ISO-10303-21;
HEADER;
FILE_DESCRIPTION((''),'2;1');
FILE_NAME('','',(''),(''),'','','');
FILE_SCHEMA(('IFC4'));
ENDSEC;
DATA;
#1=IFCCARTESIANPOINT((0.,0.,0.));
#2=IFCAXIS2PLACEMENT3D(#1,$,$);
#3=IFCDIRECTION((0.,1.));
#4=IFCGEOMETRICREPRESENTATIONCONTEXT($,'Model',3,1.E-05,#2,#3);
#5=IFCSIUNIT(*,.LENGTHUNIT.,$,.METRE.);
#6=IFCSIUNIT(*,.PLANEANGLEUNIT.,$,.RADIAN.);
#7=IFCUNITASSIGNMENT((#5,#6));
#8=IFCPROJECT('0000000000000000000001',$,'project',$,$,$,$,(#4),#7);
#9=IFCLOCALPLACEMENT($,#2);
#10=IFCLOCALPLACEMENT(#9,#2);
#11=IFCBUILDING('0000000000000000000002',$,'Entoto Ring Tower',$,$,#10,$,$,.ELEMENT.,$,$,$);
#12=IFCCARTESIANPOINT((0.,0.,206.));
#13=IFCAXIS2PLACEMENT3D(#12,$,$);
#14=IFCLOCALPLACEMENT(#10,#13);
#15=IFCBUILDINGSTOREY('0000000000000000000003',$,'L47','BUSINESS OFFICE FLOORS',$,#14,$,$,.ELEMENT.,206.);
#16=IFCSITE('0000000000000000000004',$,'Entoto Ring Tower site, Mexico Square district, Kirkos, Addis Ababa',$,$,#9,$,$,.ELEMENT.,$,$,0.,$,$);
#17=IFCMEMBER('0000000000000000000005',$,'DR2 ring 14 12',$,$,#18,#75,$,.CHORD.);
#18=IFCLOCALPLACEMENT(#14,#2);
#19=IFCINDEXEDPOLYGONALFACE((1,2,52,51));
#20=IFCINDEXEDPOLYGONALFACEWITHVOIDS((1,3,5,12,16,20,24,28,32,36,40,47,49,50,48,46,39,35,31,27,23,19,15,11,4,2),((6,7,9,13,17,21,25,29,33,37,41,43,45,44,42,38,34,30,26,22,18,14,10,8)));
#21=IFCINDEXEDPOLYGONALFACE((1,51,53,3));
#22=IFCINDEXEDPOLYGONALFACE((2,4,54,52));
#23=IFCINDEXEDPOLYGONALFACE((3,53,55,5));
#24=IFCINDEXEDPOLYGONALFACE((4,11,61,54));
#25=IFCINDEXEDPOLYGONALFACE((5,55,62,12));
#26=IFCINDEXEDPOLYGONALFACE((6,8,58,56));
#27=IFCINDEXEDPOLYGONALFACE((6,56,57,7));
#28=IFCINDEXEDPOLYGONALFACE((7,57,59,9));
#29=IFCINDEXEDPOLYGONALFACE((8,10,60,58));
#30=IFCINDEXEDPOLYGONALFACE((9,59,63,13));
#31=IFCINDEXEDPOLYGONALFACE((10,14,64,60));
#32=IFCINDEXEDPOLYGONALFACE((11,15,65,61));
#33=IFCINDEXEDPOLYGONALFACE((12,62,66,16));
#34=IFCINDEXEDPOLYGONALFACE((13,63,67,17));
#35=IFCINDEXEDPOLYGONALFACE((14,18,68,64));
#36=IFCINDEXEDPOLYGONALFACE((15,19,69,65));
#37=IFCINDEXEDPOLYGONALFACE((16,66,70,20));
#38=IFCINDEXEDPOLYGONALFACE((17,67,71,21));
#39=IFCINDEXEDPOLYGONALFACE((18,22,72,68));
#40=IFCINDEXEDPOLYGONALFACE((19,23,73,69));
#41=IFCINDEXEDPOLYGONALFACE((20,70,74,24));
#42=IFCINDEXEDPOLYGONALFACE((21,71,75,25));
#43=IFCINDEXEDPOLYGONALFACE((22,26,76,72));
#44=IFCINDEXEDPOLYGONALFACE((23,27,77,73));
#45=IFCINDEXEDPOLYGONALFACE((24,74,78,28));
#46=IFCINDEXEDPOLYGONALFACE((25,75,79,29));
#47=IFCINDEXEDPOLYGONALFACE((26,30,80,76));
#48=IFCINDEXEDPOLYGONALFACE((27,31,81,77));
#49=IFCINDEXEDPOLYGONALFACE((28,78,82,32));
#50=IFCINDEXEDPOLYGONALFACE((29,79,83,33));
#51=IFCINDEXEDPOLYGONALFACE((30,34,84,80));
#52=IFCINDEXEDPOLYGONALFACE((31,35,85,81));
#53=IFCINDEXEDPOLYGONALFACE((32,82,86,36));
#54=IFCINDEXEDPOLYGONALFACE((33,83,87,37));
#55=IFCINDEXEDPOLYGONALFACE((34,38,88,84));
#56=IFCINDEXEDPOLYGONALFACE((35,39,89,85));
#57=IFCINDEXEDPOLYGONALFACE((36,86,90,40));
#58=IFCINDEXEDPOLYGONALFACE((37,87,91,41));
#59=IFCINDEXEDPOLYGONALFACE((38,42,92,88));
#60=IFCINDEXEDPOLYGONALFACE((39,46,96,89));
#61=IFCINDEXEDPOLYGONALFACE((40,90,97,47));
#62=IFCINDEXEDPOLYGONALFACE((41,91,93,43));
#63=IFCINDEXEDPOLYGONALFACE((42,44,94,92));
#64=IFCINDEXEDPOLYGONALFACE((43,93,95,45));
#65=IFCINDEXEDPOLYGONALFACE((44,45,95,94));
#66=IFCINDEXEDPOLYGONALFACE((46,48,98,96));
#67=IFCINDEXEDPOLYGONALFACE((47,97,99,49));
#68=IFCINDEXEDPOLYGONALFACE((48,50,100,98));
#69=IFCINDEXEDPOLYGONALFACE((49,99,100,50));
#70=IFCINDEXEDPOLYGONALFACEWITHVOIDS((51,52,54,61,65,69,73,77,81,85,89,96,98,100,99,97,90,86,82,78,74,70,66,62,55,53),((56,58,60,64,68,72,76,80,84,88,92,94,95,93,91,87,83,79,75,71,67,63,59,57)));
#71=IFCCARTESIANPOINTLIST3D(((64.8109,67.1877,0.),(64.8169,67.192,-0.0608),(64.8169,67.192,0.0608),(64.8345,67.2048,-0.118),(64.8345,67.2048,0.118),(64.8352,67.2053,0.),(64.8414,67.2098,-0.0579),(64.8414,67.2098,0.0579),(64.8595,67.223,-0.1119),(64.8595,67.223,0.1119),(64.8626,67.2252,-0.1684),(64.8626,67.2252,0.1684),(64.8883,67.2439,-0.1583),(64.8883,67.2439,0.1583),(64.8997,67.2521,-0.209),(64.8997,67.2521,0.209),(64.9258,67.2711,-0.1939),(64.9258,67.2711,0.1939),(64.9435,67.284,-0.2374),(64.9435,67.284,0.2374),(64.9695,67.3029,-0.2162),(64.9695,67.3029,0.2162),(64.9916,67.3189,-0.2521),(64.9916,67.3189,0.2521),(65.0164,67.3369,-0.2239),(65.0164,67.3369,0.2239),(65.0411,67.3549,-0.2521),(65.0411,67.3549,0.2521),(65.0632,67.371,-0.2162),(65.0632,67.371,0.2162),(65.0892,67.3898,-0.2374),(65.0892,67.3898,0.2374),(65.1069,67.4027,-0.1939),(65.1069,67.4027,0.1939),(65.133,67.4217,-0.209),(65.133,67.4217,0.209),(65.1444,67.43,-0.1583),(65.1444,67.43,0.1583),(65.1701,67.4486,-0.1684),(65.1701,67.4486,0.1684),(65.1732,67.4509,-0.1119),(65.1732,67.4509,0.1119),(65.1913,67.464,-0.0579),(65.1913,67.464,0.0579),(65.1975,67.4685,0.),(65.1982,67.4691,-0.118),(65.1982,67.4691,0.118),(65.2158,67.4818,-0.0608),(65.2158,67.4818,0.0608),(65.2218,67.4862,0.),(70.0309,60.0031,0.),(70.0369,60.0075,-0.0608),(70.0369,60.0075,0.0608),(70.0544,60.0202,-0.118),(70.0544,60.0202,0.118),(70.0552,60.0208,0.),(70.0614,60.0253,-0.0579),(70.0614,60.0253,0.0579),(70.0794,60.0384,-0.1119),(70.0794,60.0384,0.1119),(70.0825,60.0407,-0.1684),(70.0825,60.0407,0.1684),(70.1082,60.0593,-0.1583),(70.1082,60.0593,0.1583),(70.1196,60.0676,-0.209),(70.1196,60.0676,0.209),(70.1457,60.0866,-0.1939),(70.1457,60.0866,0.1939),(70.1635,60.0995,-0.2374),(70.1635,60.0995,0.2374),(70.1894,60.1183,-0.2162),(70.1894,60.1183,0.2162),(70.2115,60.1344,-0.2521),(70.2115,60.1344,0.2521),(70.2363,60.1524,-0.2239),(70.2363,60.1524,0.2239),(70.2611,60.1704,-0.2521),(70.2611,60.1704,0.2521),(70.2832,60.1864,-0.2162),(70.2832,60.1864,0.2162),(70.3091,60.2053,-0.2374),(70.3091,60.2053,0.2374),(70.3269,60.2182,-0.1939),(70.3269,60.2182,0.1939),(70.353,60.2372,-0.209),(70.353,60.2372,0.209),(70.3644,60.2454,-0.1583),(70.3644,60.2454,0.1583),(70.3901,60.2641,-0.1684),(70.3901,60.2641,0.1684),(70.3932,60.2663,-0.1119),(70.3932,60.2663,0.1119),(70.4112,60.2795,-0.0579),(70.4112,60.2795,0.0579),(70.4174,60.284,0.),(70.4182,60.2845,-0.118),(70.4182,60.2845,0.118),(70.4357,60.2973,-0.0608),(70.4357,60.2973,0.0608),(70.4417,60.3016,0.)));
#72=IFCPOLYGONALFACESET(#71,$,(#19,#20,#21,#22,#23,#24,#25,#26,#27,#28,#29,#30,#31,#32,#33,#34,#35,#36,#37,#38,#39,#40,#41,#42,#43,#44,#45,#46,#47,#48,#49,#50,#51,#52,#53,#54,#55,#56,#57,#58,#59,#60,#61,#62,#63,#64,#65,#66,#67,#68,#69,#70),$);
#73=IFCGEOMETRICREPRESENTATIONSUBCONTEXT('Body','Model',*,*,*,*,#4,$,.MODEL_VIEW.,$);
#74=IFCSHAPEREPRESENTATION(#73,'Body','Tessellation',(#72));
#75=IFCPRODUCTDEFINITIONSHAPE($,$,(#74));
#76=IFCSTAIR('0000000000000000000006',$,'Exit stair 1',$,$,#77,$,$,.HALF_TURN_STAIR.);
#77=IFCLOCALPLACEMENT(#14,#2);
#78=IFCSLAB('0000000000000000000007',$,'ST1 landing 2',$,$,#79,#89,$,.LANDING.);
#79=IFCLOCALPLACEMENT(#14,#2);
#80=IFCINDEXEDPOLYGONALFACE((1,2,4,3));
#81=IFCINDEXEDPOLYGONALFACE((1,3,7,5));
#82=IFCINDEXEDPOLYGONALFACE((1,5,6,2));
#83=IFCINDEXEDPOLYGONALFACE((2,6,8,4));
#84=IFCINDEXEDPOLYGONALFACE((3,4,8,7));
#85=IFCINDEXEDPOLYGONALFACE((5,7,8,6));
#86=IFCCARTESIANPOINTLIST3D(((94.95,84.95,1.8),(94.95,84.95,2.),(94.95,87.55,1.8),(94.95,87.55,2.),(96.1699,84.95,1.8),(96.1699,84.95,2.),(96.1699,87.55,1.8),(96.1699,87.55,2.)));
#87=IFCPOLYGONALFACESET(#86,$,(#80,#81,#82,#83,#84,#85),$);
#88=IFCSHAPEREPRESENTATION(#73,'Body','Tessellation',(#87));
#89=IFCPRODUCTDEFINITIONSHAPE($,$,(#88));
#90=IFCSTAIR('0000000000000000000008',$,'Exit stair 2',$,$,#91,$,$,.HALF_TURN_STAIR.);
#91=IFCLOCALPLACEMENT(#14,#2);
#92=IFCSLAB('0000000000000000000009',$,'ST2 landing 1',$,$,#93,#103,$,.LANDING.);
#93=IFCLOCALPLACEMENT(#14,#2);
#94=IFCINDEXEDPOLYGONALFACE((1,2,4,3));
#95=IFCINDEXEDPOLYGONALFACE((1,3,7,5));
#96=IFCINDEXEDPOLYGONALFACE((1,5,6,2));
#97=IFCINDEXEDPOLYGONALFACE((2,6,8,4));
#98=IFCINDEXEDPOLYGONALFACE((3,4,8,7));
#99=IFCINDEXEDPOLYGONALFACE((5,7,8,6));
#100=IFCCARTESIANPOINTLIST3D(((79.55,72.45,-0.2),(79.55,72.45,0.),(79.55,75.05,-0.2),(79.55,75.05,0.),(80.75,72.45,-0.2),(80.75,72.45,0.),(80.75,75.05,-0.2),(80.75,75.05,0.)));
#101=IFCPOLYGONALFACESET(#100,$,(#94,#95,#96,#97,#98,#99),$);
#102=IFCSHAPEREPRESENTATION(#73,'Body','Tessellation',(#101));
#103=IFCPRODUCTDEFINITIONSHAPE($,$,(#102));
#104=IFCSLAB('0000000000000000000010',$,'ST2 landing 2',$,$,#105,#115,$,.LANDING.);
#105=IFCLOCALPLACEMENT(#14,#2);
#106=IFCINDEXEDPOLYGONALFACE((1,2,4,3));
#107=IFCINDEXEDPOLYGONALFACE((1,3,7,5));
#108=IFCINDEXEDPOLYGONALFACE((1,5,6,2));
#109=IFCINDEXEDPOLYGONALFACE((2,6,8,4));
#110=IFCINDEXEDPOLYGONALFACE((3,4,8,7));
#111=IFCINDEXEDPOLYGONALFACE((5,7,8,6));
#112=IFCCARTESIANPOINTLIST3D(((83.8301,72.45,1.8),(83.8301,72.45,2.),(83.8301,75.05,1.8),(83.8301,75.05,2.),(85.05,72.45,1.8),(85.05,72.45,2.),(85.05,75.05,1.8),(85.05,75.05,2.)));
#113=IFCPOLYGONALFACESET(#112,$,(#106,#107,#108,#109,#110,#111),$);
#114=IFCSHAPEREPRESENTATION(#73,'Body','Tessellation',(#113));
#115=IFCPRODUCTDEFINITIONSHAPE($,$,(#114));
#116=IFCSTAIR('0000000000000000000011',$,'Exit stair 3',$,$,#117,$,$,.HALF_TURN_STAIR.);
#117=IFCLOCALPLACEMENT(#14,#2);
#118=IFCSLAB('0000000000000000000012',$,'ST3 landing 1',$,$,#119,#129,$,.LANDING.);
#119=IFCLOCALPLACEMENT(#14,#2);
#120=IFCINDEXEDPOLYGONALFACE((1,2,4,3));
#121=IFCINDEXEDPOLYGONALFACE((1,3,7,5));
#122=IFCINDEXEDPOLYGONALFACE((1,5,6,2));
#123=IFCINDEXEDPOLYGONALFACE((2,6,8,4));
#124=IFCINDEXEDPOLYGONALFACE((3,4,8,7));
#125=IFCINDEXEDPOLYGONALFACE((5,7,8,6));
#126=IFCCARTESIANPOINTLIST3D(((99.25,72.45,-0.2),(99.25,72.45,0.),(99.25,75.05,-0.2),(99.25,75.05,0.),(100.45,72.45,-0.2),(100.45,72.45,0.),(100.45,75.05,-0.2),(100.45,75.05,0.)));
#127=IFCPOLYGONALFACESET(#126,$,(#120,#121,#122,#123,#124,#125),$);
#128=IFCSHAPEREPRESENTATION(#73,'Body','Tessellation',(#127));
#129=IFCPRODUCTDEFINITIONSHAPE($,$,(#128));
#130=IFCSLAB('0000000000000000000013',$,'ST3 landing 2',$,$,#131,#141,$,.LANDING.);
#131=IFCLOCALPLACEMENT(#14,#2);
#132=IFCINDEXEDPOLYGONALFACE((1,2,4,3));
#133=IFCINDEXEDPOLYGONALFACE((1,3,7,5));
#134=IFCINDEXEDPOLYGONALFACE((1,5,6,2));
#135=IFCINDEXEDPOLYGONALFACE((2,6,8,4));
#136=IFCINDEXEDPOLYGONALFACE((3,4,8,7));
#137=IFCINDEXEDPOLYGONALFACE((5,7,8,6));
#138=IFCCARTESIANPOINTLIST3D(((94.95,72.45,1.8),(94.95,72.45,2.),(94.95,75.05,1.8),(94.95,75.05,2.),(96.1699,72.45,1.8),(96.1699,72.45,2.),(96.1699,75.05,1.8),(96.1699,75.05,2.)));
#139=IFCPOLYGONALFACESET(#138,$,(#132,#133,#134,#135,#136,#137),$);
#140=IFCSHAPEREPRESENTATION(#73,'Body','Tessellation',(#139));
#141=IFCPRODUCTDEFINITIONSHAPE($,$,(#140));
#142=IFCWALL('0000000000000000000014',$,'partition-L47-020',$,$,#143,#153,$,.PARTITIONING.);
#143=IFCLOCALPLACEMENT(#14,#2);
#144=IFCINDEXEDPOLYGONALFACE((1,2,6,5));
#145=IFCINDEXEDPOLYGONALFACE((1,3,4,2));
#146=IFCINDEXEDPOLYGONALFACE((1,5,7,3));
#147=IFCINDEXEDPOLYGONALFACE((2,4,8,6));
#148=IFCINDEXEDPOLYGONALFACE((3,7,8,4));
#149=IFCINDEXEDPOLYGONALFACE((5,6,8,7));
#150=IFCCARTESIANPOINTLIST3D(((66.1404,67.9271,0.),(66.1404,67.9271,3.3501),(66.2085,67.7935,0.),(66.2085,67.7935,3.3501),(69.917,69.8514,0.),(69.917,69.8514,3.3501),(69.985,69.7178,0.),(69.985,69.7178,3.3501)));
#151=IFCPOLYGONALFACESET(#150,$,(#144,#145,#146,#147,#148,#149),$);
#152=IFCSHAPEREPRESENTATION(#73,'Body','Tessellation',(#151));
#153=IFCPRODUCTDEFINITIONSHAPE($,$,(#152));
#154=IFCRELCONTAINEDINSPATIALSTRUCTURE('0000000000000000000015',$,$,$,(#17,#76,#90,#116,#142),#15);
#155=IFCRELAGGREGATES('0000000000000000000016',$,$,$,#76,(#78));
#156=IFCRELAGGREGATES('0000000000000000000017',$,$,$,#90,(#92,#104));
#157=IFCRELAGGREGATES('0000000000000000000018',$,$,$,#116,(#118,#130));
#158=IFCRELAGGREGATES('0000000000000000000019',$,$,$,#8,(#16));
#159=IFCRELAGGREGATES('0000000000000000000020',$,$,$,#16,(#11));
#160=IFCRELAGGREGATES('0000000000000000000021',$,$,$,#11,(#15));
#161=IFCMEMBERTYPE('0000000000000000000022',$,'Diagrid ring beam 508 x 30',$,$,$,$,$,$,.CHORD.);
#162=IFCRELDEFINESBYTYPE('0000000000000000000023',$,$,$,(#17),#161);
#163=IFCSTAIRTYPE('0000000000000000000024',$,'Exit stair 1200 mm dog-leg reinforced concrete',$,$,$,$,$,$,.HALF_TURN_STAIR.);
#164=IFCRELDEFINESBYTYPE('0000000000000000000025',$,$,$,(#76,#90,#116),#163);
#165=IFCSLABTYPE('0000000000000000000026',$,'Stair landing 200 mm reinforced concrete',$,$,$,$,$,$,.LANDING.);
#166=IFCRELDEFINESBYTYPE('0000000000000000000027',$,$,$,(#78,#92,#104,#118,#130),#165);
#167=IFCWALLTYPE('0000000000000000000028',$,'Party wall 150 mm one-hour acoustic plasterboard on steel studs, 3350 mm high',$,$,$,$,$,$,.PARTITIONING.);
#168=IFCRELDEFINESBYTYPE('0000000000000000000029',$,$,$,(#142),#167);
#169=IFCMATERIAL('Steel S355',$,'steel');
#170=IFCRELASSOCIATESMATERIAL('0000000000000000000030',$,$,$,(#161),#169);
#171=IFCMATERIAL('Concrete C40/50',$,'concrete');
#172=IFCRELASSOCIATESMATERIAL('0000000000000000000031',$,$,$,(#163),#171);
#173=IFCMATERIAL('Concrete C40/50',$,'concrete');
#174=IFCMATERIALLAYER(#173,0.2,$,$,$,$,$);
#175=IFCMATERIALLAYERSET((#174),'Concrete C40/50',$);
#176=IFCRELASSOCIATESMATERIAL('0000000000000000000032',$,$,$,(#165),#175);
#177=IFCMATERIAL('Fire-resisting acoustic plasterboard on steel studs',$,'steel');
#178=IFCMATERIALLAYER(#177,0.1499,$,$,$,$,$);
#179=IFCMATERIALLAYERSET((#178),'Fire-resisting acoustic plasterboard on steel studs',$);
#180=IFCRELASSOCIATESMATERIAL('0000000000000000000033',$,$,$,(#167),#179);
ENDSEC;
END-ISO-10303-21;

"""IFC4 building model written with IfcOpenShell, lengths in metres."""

from ifc_helpers import new_model, si_unit, direction, frame, frame_2d, origin, origin_2d, place, context, subcontext, project, spatial, polyline, rectangle, circle, hollow_circle, outline, extrude, material, layer, layer_set, material_profile, profile_set, type_object, element, aggregate, save


model = new_model("IFC4")

# Units and contexts
model_context = context("Model", 3, precision=1e-05, world=origin(), true_north=direction((0.0, 1.0)))
body_context = subcontext(model_context, "Body", "Model", "MODEL_VIEW")
ifc_project = project(units=[si_unit("LENGTHUNIT", "METRE"), si_unit("PLANEANGLEUNIT", "RADIAN")], contexts=[model_context])

# Site, building, storey
site_placement = place(None, origin())
site = spatial("IfcSite", under=ifc_project, at=site_placement, Name="Entoto Ring Tower site, Mexico Square district, Kirkos, Addis Ababa", CompositionType="ELEMENT", RefElevation=0.0)
building_placement = place(site_placement, origin())
building = spatial("IfcBuilding", under=site, at=building_placement, Name="Entoto Ring Tower", CompositionType="ELEMENT")
storey_placement = place(building_placement, frame((0.0, 0.0, 206.0)))
storey = spatial("IfcBuildingStorey", under=building, at=storey_placement, Name="L47", Description="BUSINESS OFFICE FLOORS", CompositionType="ELEMENT", Elevation=206.0)

# Member
ifc_material_1 = material(Name="Steel S355", Category="steel")
ifc_material_profile_1 = material_profile(ifc_material_1, hollow_circle(Radius=0.2539, WallThickness=0.03, at=origin_2d()), Name="CHS 508 x 30")
ifc_material_2 = material(Name="Concrete C60/75", Category="concrete")
ifc_material_profile_2 = material_profile(ifc_material_2, circle(Radius=0.2241, at=origin_2d()), Name="Concrete C60/75 infill")
ifc_profile_set = profile_set([ifc_material_profile_1, ifc_material_profile_2], Name="Steel S355")
member_type = type_object("IfcMemberType", Name="Diagrid ring beam 508 x 30", PredefinedType="CHORD", material=ifc_profile_set)
member_placement = place(storey_placement, frame((65.0164, 67.3369, 0.0), z_axis=(0.587791, -0.809013, 0.0), x_axis=(0.809013, 0.587791, 0.0)))
element("IfcMember", 1, at=member_placement, inside=storey, type_object=member_type, Name="DR2 ring 14 12", PredefinedType="CHORD", context=body_context, shape_type="SweptSolid", body=[
    extrude(hollow_circle(Radius=0.2539, WallThickness=0.03, at=origin_2d()), origin(), (0.0, 0.0, 1.0), 8.8806),
])

# Stair, slab
ifc_material_3 = material(Name="Concrete C40/50", Category="concrete")
stair_type = type_object("IfcStairType", Name="Exit stair 1200 mm dog-leg reinforced concrete", PredefinedType="HALF_TURN_STAIR", material=ifc_material_3)
stair_1_placement = place(storey_placement, origin())
stair_1 = element("IfcStair", 2, at=stair_1_placement, inside=storey, type_object=stair_type, Name="Exit stair 1", PredefinedType="HALF_TURN_STAIR")
ifc_material_4 = material(Name="Concrete C40/50", Category="concrete")
ifc_layer_1 = layer(ifc_material_4, 0.2)
ifc_layer_set_1 = layer_set([ifc_layer_1], Name="Concrete C40/50")
slab_type_1 = type_object("IfcSlabType", Name="Stair landing 200 mm reinforced concrete", PredefinedType="LANDING", material=ifc_layer_set_1)
slab_1_placement = place(storey_placement, frame((0.0, 0.0, 1.8)))
slab_1 = element("IfcSlab", 3, at=slab_1_placement, type_object=slab_type_1, Name="ST1 landing 2", PredefinedType="LANDING", context=body_context, shape_type="SweptSolid", body=[
    extrude(outline(polyline([(94.95, 84.95), (96.1699, 84.95), (96.1699, 87.55), (94.95, 87.55), (94.95, 84.95)])), origin(), (0.0, 0.0, 1.0), 0.2),
])
aggregate(stair_1, [slab_1])

# Stairs, slabs
stair_2_placement = place(storey_placement, origin())
stair_2 = element("IfcStair", 4, at=stair_2_placement, inside=storey, type_object=stair_type, Name="Exit stair 2", PredefinedType="HALF_TURN_STAIR")
slab_2_placement = place(storey_placement, frame((0.0, 0.0, -0.2)))
slab_2 = element("IfcSlab", 5, at=slab_2_placement, type_object=slab_type_1, Name="ST2 landing 1", PredefinedType="LANDING", context=body_context, shape_type="SweptSolid", body=[
    extrude(outline(polyline([(80.75, 72.45), (80.75, 75.05), (79.55, 75.05), (79.55, 72.45), (80.75, 72.45)])), origin(), (0.0, 0.0, 1.0), 0.2),
])
slab_3_placement = place(storey_placement, frame((0.0, 0.0, 1.8)))
slab_3 = element("IfcSlab", 6, at=slab_3_placement, type_object=slab_type_1, Name="ST2 landing 2", PredefinedType="LANDING", context=body_context, shape_type="SweptSolid", body=[
    extrude(outline(polyline([(83.8301, 72.45), (85.05, 72.45), (85.05, 75.05), (83.8301, 75.05), (83.8301, 72.45)])), origin(), (0.0, 0.0, 1.0), 0.2),
])
aggregate(stair_2, [slab_2, slab_3])
stair_3_placement = place(storey_placement, origin())
stair_3 = element("IfcStair", 7, at=stair_3_placement, inside=storey, type_object=stair_type, Name="Exit stair 3", PredefinedType="HALF_TURN_STAIR")
slab_4_placement = place(storey_placement, frame((0.0, 0.0, -0.2)))
slab_4 = element("IfcSlab", 8, at=slab_4_placement, type_object=slab_type_1, Name="ST3 landing 1", PredefinedType="LANDING", context=body_context, shape_type="SweptSolid", body=[
    extrude(outline(polyline([(100.45, 72.45), (100.45, 75.05), (99.25, 75.05), (99.25, 72.45), (100.45, 72.45)])), origin(), (0.0, 0.0, 1.0), 0.2),
])
slab_5_placement = place(storey_placement, frame((0.0, 0.0, 1.8)))
slab_5 = element("IfcSlab", 9, at=slab_5_placement, type_object=slab_type_1, Name="ST3 landing 2", PredefinedType="LANDING", context=body_context, shape_type="SweptSolid", body=[
    extrude(outline(polyline([(94.95, 72.45), (96.1699, 72.45), (96.1699, 75.05), (94.95, 75.05), (94.95, 72.45)])), origin(), (0.0, 0.0, 1.0), 0.2),
])
aggregate(stair_3, [slab_4, slab_5])

# Wall
ifc_material_5 = material(Name="Fire-resisting acoustic plasterboard on steel studs", Category="steel")
ifc_layer_2 = layer(ifc_material_5, 0.1499)
ifc_layer_set_2 = layer_set([ifc_layer_2], Name="Fire-resisting acoustic plasterboard on steel studs")
wall_type = type_object("IfcWallType", Name="Party wall 150 mm one-hour acoustic plasterboard on steel studs, 3350 mm high", PredefinedType="PARTITIONING", material=ifc_layer_set_2)
wall_placement = place(storey_placement, frame((66.1746, 67.8604, 0.0), z_axis=(0.0, 0.0, 1.0), x_axis=(0.891003, 0.453997, 0.0)))
element("IfcWall", 10, at=wall_placement, inside=storey, type_object=wall_type, Name="partition-L47-020", PredefinedType="PARTITIONING", context=body_context, shape_type="SweptSolid", body=[
    extrude(rectangle(XDim=4.2385, YDim=0.1499, at=frame_2d((2.1191, 0.0))), origin(), (0.0, 0.0, 1.0), 3.3501),
])

save(model, "model.ifc")
